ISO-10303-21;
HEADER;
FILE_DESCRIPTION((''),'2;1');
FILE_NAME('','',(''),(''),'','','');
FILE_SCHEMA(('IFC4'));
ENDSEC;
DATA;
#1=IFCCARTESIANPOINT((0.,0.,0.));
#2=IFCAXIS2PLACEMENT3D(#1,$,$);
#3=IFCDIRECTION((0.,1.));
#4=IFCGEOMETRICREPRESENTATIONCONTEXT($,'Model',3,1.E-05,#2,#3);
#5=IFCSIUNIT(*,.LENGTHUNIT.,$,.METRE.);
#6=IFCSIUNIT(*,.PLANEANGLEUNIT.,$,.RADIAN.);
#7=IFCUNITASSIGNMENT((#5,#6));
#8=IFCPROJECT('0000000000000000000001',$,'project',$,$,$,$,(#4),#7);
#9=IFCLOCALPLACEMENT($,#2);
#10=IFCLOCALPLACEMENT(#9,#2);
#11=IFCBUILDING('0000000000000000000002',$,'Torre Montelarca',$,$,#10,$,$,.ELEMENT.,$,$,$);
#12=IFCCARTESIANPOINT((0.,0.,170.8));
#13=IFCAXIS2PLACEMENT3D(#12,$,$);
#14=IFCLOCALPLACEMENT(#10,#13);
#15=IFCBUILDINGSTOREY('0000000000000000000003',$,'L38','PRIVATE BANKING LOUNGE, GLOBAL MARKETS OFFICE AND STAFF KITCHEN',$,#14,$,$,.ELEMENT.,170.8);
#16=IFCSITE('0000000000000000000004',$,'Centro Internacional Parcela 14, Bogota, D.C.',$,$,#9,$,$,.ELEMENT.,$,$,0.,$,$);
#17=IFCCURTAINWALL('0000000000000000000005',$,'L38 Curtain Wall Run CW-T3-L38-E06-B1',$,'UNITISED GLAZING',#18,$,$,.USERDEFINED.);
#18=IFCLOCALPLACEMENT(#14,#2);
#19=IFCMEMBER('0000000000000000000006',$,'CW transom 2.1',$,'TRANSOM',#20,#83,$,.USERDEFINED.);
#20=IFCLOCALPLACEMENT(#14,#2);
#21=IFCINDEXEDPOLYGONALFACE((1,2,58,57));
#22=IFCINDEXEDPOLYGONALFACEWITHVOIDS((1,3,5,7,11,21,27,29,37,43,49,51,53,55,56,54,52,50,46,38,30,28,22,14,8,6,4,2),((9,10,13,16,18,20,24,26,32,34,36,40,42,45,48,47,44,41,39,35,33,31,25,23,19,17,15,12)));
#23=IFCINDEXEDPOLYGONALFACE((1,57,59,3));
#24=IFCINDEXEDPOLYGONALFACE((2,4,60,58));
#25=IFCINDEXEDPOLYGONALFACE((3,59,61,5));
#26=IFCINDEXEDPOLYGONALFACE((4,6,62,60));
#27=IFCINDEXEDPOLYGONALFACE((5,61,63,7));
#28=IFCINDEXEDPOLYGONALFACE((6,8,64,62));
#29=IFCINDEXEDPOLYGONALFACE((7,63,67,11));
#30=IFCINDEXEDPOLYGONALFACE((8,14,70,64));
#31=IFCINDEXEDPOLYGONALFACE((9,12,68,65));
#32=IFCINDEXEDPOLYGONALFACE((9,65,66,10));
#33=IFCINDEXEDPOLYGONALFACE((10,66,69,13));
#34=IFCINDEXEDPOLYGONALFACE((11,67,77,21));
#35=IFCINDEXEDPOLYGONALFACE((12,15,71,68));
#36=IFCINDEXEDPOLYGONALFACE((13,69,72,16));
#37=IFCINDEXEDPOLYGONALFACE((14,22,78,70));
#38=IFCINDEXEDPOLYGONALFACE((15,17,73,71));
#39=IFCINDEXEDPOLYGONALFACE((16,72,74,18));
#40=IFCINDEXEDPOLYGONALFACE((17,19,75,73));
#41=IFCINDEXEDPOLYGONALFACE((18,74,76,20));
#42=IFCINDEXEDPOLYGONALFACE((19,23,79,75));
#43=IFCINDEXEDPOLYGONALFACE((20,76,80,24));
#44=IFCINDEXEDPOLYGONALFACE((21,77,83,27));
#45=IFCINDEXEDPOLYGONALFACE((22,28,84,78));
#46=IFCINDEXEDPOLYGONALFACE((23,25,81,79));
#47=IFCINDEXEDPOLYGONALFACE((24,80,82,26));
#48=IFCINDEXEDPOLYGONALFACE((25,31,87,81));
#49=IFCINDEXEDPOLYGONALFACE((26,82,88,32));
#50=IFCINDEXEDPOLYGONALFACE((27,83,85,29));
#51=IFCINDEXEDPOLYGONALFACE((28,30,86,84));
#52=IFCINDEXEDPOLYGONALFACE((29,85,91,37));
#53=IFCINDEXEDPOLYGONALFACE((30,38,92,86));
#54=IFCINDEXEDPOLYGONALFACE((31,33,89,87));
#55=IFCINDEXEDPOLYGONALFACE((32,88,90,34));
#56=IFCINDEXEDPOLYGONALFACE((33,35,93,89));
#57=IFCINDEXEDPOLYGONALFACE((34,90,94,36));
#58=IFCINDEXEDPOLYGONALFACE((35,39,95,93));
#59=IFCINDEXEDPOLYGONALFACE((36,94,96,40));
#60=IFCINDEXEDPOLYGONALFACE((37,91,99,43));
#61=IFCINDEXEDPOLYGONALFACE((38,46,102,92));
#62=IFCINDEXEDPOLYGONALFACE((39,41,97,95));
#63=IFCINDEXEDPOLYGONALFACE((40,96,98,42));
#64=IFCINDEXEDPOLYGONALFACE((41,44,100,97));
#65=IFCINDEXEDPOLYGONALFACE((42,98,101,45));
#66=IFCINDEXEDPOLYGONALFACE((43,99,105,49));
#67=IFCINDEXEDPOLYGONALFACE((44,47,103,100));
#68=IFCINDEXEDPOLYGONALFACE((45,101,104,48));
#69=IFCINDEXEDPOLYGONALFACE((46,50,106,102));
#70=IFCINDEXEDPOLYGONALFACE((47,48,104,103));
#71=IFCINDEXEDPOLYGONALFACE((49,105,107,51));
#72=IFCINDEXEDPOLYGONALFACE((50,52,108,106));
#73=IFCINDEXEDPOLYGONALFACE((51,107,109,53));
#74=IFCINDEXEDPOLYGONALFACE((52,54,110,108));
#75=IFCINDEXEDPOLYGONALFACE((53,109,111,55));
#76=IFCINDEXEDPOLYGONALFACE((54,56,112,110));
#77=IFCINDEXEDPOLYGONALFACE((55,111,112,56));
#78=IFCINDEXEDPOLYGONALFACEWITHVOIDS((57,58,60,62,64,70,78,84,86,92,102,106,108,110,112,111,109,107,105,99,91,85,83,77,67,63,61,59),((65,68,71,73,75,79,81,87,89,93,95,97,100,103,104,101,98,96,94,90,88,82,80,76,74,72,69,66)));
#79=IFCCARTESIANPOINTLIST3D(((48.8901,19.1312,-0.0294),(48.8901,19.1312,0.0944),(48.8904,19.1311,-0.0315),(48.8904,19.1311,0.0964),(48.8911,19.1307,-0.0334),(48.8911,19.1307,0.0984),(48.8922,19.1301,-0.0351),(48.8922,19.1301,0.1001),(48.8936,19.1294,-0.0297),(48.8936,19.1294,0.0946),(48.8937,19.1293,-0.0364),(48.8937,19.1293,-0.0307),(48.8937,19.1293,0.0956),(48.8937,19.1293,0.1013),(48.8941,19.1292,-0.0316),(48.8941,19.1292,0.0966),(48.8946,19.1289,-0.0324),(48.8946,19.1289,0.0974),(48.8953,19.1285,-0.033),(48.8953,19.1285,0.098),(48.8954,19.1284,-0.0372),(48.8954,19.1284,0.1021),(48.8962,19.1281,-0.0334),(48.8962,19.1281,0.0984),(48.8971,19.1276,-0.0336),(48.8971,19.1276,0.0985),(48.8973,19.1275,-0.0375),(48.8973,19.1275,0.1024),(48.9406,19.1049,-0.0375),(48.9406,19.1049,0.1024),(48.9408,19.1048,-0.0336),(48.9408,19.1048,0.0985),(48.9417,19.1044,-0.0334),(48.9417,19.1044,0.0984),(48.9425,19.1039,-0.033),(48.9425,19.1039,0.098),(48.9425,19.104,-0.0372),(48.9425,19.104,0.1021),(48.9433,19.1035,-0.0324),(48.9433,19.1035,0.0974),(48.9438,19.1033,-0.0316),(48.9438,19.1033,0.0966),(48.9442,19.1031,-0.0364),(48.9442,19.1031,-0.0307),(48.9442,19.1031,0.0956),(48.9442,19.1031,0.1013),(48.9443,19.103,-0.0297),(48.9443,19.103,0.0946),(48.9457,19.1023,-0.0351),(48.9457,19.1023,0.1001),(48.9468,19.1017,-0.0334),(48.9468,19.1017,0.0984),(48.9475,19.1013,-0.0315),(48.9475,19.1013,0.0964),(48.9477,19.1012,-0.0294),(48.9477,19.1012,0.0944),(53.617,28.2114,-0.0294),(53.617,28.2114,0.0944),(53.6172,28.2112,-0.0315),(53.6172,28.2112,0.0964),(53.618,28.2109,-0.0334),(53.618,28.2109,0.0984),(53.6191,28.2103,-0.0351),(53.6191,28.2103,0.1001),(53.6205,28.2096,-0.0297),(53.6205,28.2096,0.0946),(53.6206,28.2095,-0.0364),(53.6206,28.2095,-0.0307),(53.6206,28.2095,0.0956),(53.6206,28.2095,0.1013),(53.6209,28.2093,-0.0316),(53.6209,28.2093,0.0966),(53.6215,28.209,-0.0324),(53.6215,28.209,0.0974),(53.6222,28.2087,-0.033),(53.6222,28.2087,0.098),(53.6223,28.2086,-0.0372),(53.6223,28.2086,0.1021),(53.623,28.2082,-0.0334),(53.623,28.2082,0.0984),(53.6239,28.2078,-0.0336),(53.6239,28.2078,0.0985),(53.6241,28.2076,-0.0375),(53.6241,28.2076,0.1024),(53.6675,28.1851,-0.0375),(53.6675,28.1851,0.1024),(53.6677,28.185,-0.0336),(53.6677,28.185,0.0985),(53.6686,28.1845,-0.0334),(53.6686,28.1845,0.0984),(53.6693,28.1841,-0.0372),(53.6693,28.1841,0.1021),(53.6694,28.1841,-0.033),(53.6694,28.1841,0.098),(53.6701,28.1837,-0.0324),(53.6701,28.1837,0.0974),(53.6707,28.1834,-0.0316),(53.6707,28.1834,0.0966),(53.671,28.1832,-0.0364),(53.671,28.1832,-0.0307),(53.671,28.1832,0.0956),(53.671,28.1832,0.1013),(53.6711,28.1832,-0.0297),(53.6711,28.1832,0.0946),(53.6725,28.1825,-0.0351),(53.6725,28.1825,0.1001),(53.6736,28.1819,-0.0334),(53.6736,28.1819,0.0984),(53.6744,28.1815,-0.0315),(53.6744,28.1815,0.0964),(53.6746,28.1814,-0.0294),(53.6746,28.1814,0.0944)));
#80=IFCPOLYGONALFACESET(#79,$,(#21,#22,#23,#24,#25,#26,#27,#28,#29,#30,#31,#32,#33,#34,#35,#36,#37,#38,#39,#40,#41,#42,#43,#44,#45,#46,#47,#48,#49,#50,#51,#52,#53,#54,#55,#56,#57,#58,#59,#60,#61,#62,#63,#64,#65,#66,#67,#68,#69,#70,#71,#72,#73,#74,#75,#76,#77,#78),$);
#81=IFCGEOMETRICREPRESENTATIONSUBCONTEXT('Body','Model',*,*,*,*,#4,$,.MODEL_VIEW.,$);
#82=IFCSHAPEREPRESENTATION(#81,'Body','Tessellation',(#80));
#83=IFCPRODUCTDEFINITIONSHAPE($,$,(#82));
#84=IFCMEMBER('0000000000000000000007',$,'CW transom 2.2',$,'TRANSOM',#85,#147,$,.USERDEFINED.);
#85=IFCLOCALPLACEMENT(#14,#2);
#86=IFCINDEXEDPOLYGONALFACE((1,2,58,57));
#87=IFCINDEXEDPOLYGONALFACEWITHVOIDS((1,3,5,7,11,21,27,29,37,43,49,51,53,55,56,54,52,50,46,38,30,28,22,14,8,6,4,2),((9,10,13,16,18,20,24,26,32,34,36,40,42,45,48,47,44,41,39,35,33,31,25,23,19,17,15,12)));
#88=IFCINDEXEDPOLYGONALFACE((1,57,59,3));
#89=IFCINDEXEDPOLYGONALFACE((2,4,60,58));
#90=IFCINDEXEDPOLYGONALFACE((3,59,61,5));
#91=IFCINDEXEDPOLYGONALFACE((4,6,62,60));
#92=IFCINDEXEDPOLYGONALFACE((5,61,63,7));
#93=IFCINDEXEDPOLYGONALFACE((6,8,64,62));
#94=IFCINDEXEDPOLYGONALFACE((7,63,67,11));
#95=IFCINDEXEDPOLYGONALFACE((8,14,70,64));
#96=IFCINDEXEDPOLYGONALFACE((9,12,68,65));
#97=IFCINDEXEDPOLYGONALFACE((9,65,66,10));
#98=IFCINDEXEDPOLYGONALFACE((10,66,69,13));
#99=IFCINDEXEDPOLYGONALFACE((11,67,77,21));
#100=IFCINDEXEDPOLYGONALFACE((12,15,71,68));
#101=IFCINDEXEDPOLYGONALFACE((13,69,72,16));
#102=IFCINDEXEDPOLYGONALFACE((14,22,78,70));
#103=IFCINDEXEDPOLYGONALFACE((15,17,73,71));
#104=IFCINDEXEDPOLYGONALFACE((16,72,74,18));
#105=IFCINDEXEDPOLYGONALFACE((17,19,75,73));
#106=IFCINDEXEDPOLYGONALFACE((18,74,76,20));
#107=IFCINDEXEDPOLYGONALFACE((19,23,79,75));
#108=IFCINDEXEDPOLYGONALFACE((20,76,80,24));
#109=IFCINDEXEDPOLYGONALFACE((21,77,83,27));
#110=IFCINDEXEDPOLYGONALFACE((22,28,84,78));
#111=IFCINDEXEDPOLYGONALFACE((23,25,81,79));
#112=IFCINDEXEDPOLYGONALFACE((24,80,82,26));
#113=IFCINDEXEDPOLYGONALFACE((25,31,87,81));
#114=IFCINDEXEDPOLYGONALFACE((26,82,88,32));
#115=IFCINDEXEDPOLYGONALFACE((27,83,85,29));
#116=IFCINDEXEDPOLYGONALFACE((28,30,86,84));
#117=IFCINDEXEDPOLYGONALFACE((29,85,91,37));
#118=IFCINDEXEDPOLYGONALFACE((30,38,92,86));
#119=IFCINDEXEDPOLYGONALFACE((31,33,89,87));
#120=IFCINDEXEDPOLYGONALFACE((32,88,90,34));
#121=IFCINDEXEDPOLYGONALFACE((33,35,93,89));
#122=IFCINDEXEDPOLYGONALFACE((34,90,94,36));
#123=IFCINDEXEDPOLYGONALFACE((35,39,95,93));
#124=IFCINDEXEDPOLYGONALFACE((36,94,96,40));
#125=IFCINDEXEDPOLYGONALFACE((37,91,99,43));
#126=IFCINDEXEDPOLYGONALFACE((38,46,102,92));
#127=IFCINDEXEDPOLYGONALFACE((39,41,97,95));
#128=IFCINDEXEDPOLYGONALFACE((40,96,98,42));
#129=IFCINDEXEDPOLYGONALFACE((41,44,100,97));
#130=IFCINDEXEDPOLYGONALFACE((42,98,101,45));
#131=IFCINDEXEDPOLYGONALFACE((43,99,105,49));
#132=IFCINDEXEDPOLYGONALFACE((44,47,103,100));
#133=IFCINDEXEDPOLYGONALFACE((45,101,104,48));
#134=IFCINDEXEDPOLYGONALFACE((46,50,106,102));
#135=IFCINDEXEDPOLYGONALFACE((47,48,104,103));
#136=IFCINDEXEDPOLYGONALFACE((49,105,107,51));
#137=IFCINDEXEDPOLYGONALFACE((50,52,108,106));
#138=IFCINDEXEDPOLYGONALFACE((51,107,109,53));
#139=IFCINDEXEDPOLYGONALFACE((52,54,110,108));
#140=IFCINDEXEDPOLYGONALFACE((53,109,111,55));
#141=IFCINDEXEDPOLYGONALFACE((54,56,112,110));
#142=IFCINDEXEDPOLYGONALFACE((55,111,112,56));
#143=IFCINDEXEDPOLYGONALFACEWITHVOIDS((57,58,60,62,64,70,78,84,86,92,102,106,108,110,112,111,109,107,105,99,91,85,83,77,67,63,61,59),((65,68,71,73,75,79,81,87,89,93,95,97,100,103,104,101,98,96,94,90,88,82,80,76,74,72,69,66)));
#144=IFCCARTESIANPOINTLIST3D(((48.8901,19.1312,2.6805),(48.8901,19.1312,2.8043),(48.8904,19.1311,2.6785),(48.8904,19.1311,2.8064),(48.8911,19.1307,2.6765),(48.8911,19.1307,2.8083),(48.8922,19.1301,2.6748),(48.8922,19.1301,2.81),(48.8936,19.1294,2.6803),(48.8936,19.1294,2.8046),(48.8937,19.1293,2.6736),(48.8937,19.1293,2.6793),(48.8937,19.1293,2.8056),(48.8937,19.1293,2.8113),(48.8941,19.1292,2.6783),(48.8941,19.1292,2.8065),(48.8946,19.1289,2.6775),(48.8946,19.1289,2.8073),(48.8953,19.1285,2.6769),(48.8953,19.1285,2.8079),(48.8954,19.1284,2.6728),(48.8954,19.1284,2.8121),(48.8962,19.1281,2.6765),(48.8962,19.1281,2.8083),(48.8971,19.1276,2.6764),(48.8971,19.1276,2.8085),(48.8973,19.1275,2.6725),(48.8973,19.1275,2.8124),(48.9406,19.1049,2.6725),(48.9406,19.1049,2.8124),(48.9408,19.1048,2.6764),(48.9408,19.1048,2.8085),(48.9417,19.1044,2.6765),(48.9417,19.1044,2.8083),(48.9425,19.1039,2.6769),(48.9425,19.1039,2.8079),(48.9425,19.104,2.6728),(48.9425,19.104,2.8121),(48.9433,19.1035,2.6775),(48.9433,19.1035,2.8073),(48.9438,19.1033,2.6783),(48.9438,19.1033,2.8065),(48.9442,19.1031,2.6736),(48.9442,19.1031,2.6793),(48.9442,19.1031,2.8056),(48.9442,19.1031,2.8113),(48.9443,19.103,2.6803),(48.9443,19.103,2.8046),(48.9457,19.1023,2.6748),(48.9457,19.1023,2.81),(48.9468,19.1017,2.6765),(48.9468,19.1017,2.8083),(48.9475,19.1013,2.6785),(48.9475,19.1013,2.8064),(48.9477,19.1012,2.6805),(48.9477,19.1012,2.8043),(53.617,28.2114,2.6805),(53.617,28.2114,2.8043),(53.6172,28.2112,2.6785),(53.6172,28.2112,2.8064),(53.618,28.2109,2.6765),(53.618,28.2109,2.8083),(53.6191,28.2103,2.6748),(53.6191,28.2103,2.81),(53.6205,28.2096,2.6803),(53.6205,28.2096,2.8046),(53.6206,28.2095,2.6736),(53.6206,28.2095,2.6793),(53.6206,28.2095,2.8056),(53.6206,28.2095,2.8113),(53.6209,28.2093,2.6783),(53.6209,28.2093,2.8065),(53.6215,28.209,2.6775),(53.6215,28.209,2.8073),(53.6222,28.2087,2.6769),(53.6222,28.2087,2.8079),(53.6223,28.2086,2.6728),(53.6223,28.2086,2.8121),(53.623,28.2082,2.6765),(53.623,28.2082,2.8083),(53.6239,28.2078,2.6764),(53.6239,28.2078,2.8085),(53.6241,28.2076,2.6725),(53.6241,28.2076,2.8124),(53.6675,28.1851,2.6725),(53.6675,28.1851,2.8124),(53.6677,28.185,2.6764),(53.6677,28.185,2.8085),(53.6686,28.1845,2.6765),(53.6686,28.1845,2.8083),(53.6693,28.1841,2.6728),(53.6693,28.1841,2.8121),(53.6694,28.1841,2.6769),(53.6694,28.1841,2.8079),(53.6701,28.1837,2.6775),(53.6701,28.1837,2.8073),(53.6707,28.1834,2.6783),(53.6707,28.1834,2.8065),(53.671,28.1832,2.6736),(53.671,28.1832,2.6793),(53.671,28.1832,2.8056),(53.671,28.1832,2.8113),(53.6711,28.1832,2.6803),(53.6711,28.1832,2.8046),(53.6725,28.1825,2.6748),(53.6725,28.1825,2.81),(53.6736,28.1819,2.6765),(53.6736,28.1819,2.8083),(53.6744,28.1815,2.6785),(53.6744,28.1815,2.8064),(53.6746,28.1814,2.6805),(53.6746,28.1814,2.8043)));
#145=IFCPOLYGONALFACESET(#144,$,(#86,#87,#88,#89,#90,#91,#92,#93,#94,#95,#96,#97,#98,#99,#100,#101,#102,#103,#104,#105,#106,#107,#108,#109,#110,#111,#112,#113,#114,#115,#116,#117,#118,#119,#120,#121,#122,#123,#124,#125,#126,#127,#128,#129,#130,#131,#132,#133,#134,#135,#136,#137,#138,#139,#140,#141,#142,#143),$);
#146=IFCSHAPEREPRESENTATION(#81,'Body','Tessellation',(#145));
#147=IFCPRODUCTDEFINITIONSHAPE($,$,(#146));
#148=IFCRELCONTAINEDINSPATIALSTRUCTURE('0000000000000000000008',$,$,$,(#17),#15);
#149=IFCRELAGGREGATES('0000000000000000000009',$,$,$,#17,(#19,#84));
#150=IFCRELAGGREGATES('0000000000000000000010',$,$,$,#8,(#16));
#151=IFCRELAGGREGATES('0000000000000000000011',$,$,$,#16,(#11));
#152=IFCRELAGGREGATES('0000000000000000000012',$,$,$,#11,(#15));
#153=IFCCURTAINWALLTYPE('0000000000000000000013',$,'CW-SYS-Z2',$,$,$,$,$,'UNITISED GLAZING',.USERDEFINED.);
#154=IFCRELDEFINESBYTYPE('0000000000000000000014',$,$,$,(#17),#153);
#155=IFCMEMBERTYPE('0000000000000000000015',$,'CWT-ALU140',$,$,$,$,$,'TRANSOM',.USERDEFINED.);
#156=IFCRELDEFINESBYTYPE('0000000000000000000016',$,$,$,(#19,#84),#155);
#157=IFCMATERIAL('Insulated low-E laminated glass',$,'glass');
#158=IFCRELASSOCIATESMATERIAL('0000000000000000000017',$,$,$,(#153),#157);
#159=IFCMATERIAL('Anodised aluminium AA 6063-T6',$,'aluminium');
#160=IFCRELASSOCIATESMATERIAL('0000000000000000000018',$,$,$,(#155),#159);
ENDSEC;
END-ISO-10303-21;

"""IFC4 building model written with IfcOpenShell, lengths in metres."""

from ifc_helpers import new_model, si_unit, direction, frame, origin, origin_2d, place, context, subcontext, project, spatial, hollow_rectangle, extrude, source, transform, mapped, material, material_profile, profile_set, type_object, element, aggregate, save


model = new_model("IFC4")

# Units and contexts
model_context = context("Model", 3, precision=1e-05, world=origin(), true_north=direction((0.0, 1.0)))
body_context = subcontext(model_context, "Body", "Model", "MODEL_VIEW")
ifc_project = project(units=[si_unit("LENGTHUNIT", "METRE"), si_unit("PLANEANGLEUNIT", "RADIAN")], contexts=[model_context])

# Site, building, storey
site_placement = place(None, origin())
site = spatial("IfcSite", under=ifc_project, at=site_placement, Name="Centro Internacional Parcela 14, Bogota, D.C.", CompositionType="ELEMENT", RefElevation=0.0)
building_placement = place(site_placement, origin())
building = spatial("IfcBuilding", under=site, at=building_placement, Name="Torre Montelarca", CompositionType="ELEMENT")
storey_placement = place(building_placement, frame((0.0, 0.0, 170.8)))
storey = spatial("IfcBuildingStorey", under=building, at=storey_placement, Name="L38", Description="PRIVATE BANKING LOUNGE, GLOBAL MARKETS OFFICE AND STAFF KITCHEN", CompositionType="ELEMENT", Elevation=170.8)

# Curtain wall, members
ifc_material_1 = material(Name="Insulated low-E laminated glass", Category="glass")
curtain_wall_type = type_object("IfcCurtainWallType", Name="CW-SYS-Z2", ElementType="UNITISED GLAZING", PredefinedType="USERDEFINED", material=ifc_material_1)
ifc_material_2 = material(Name="Anodised aluminium AA 6063-T6", Category="aluminium")
ifc_material_profile_1 = material_profile(ifc_material_2, hollow_rectangle(XDim=0.0649, YDim=0.1399, WallThickness=0.0039, InnerFilletRadius=0.0039, OuterFilletRadius=0.0081, at=origin_2d()), Name="ALU65X140X4", Category="aluminium")
ifc_profile_set_1 = profile_set([ifc_material_profile_1], Name="Anodised aluminium AA 6063-T6")
member_type_1 = type_object("IfcMemberType", Name="CWT-ALU140", ElementType="TRANSOM", PredefinedType="USERDEFINED", material=ifc_profile_set_1)
curtain_wall_1_placement = place(storey_placement, origin())
curtain_wall_1 = element("IfcCurtainWall", 1, at=curtain_wall_1_placement, inside=storey, type_object=curtain_wall_type, Name="L38 Curtain Wall Run CW-T3-L38-E06-B1", ObjectType="UNITISED GLAZING", PredefinedType="USERDEFINED")
shared_shape_1 = source(origin(), body_context, "Body", "SweptSolid", [
    extrude(hollow_rectangle(XDim=0.0649, YDim=0.1399, WallThickness=0.0039, InnerFilletRadius=0.0039, OuterFilletRadius=0.0081, at=origin_2d()), origin(), (0.0, 0.0, 1.0), 10.2368),
])
member_1_placement = place(storey_placement, frame((48.9189, 19.1162, 0.0325), z_axis=(0.46175, 0.88701, 0.0), x_axis=(-0.88701, 0.46175, 0.0)))
member_1 = element("IfcMember", 2, at=member_1_placement, type_object=member_type_1, Name="CW transom 2.1", ObjectType="TRANSOM", PredefinedType="USERDEFINED", context=body_context, shape_type="MappedRepresentation", body=[
    mapped(shared_shape_1, transform((0.0, 0.0, 0.0), scale=1.0)),
])
member_2_placement = place(storey_placement, frame((48.9189, 19.1162, 2.7424), z_axis=(0.46175, 0.88701, 0.0), x_axis=(-0.88701, 0.46175, 0.0)))
member_2 = element("IfcMember", 3, at=member_2_placement, type_object=member_type_1, Name="CW transom 2.2", ObjectType="TRANSOM", PredefinedType="USERDEFINED", context=body_context, shape_type="MappedRepresentation", body=[
    mapped(shared_shape_1, transform((0.0, 0.0, 0.0), scale=1.0)),
])

aggregate(curtain_wall_1, [member_1, member_2])

save(model, "model.ifc")
